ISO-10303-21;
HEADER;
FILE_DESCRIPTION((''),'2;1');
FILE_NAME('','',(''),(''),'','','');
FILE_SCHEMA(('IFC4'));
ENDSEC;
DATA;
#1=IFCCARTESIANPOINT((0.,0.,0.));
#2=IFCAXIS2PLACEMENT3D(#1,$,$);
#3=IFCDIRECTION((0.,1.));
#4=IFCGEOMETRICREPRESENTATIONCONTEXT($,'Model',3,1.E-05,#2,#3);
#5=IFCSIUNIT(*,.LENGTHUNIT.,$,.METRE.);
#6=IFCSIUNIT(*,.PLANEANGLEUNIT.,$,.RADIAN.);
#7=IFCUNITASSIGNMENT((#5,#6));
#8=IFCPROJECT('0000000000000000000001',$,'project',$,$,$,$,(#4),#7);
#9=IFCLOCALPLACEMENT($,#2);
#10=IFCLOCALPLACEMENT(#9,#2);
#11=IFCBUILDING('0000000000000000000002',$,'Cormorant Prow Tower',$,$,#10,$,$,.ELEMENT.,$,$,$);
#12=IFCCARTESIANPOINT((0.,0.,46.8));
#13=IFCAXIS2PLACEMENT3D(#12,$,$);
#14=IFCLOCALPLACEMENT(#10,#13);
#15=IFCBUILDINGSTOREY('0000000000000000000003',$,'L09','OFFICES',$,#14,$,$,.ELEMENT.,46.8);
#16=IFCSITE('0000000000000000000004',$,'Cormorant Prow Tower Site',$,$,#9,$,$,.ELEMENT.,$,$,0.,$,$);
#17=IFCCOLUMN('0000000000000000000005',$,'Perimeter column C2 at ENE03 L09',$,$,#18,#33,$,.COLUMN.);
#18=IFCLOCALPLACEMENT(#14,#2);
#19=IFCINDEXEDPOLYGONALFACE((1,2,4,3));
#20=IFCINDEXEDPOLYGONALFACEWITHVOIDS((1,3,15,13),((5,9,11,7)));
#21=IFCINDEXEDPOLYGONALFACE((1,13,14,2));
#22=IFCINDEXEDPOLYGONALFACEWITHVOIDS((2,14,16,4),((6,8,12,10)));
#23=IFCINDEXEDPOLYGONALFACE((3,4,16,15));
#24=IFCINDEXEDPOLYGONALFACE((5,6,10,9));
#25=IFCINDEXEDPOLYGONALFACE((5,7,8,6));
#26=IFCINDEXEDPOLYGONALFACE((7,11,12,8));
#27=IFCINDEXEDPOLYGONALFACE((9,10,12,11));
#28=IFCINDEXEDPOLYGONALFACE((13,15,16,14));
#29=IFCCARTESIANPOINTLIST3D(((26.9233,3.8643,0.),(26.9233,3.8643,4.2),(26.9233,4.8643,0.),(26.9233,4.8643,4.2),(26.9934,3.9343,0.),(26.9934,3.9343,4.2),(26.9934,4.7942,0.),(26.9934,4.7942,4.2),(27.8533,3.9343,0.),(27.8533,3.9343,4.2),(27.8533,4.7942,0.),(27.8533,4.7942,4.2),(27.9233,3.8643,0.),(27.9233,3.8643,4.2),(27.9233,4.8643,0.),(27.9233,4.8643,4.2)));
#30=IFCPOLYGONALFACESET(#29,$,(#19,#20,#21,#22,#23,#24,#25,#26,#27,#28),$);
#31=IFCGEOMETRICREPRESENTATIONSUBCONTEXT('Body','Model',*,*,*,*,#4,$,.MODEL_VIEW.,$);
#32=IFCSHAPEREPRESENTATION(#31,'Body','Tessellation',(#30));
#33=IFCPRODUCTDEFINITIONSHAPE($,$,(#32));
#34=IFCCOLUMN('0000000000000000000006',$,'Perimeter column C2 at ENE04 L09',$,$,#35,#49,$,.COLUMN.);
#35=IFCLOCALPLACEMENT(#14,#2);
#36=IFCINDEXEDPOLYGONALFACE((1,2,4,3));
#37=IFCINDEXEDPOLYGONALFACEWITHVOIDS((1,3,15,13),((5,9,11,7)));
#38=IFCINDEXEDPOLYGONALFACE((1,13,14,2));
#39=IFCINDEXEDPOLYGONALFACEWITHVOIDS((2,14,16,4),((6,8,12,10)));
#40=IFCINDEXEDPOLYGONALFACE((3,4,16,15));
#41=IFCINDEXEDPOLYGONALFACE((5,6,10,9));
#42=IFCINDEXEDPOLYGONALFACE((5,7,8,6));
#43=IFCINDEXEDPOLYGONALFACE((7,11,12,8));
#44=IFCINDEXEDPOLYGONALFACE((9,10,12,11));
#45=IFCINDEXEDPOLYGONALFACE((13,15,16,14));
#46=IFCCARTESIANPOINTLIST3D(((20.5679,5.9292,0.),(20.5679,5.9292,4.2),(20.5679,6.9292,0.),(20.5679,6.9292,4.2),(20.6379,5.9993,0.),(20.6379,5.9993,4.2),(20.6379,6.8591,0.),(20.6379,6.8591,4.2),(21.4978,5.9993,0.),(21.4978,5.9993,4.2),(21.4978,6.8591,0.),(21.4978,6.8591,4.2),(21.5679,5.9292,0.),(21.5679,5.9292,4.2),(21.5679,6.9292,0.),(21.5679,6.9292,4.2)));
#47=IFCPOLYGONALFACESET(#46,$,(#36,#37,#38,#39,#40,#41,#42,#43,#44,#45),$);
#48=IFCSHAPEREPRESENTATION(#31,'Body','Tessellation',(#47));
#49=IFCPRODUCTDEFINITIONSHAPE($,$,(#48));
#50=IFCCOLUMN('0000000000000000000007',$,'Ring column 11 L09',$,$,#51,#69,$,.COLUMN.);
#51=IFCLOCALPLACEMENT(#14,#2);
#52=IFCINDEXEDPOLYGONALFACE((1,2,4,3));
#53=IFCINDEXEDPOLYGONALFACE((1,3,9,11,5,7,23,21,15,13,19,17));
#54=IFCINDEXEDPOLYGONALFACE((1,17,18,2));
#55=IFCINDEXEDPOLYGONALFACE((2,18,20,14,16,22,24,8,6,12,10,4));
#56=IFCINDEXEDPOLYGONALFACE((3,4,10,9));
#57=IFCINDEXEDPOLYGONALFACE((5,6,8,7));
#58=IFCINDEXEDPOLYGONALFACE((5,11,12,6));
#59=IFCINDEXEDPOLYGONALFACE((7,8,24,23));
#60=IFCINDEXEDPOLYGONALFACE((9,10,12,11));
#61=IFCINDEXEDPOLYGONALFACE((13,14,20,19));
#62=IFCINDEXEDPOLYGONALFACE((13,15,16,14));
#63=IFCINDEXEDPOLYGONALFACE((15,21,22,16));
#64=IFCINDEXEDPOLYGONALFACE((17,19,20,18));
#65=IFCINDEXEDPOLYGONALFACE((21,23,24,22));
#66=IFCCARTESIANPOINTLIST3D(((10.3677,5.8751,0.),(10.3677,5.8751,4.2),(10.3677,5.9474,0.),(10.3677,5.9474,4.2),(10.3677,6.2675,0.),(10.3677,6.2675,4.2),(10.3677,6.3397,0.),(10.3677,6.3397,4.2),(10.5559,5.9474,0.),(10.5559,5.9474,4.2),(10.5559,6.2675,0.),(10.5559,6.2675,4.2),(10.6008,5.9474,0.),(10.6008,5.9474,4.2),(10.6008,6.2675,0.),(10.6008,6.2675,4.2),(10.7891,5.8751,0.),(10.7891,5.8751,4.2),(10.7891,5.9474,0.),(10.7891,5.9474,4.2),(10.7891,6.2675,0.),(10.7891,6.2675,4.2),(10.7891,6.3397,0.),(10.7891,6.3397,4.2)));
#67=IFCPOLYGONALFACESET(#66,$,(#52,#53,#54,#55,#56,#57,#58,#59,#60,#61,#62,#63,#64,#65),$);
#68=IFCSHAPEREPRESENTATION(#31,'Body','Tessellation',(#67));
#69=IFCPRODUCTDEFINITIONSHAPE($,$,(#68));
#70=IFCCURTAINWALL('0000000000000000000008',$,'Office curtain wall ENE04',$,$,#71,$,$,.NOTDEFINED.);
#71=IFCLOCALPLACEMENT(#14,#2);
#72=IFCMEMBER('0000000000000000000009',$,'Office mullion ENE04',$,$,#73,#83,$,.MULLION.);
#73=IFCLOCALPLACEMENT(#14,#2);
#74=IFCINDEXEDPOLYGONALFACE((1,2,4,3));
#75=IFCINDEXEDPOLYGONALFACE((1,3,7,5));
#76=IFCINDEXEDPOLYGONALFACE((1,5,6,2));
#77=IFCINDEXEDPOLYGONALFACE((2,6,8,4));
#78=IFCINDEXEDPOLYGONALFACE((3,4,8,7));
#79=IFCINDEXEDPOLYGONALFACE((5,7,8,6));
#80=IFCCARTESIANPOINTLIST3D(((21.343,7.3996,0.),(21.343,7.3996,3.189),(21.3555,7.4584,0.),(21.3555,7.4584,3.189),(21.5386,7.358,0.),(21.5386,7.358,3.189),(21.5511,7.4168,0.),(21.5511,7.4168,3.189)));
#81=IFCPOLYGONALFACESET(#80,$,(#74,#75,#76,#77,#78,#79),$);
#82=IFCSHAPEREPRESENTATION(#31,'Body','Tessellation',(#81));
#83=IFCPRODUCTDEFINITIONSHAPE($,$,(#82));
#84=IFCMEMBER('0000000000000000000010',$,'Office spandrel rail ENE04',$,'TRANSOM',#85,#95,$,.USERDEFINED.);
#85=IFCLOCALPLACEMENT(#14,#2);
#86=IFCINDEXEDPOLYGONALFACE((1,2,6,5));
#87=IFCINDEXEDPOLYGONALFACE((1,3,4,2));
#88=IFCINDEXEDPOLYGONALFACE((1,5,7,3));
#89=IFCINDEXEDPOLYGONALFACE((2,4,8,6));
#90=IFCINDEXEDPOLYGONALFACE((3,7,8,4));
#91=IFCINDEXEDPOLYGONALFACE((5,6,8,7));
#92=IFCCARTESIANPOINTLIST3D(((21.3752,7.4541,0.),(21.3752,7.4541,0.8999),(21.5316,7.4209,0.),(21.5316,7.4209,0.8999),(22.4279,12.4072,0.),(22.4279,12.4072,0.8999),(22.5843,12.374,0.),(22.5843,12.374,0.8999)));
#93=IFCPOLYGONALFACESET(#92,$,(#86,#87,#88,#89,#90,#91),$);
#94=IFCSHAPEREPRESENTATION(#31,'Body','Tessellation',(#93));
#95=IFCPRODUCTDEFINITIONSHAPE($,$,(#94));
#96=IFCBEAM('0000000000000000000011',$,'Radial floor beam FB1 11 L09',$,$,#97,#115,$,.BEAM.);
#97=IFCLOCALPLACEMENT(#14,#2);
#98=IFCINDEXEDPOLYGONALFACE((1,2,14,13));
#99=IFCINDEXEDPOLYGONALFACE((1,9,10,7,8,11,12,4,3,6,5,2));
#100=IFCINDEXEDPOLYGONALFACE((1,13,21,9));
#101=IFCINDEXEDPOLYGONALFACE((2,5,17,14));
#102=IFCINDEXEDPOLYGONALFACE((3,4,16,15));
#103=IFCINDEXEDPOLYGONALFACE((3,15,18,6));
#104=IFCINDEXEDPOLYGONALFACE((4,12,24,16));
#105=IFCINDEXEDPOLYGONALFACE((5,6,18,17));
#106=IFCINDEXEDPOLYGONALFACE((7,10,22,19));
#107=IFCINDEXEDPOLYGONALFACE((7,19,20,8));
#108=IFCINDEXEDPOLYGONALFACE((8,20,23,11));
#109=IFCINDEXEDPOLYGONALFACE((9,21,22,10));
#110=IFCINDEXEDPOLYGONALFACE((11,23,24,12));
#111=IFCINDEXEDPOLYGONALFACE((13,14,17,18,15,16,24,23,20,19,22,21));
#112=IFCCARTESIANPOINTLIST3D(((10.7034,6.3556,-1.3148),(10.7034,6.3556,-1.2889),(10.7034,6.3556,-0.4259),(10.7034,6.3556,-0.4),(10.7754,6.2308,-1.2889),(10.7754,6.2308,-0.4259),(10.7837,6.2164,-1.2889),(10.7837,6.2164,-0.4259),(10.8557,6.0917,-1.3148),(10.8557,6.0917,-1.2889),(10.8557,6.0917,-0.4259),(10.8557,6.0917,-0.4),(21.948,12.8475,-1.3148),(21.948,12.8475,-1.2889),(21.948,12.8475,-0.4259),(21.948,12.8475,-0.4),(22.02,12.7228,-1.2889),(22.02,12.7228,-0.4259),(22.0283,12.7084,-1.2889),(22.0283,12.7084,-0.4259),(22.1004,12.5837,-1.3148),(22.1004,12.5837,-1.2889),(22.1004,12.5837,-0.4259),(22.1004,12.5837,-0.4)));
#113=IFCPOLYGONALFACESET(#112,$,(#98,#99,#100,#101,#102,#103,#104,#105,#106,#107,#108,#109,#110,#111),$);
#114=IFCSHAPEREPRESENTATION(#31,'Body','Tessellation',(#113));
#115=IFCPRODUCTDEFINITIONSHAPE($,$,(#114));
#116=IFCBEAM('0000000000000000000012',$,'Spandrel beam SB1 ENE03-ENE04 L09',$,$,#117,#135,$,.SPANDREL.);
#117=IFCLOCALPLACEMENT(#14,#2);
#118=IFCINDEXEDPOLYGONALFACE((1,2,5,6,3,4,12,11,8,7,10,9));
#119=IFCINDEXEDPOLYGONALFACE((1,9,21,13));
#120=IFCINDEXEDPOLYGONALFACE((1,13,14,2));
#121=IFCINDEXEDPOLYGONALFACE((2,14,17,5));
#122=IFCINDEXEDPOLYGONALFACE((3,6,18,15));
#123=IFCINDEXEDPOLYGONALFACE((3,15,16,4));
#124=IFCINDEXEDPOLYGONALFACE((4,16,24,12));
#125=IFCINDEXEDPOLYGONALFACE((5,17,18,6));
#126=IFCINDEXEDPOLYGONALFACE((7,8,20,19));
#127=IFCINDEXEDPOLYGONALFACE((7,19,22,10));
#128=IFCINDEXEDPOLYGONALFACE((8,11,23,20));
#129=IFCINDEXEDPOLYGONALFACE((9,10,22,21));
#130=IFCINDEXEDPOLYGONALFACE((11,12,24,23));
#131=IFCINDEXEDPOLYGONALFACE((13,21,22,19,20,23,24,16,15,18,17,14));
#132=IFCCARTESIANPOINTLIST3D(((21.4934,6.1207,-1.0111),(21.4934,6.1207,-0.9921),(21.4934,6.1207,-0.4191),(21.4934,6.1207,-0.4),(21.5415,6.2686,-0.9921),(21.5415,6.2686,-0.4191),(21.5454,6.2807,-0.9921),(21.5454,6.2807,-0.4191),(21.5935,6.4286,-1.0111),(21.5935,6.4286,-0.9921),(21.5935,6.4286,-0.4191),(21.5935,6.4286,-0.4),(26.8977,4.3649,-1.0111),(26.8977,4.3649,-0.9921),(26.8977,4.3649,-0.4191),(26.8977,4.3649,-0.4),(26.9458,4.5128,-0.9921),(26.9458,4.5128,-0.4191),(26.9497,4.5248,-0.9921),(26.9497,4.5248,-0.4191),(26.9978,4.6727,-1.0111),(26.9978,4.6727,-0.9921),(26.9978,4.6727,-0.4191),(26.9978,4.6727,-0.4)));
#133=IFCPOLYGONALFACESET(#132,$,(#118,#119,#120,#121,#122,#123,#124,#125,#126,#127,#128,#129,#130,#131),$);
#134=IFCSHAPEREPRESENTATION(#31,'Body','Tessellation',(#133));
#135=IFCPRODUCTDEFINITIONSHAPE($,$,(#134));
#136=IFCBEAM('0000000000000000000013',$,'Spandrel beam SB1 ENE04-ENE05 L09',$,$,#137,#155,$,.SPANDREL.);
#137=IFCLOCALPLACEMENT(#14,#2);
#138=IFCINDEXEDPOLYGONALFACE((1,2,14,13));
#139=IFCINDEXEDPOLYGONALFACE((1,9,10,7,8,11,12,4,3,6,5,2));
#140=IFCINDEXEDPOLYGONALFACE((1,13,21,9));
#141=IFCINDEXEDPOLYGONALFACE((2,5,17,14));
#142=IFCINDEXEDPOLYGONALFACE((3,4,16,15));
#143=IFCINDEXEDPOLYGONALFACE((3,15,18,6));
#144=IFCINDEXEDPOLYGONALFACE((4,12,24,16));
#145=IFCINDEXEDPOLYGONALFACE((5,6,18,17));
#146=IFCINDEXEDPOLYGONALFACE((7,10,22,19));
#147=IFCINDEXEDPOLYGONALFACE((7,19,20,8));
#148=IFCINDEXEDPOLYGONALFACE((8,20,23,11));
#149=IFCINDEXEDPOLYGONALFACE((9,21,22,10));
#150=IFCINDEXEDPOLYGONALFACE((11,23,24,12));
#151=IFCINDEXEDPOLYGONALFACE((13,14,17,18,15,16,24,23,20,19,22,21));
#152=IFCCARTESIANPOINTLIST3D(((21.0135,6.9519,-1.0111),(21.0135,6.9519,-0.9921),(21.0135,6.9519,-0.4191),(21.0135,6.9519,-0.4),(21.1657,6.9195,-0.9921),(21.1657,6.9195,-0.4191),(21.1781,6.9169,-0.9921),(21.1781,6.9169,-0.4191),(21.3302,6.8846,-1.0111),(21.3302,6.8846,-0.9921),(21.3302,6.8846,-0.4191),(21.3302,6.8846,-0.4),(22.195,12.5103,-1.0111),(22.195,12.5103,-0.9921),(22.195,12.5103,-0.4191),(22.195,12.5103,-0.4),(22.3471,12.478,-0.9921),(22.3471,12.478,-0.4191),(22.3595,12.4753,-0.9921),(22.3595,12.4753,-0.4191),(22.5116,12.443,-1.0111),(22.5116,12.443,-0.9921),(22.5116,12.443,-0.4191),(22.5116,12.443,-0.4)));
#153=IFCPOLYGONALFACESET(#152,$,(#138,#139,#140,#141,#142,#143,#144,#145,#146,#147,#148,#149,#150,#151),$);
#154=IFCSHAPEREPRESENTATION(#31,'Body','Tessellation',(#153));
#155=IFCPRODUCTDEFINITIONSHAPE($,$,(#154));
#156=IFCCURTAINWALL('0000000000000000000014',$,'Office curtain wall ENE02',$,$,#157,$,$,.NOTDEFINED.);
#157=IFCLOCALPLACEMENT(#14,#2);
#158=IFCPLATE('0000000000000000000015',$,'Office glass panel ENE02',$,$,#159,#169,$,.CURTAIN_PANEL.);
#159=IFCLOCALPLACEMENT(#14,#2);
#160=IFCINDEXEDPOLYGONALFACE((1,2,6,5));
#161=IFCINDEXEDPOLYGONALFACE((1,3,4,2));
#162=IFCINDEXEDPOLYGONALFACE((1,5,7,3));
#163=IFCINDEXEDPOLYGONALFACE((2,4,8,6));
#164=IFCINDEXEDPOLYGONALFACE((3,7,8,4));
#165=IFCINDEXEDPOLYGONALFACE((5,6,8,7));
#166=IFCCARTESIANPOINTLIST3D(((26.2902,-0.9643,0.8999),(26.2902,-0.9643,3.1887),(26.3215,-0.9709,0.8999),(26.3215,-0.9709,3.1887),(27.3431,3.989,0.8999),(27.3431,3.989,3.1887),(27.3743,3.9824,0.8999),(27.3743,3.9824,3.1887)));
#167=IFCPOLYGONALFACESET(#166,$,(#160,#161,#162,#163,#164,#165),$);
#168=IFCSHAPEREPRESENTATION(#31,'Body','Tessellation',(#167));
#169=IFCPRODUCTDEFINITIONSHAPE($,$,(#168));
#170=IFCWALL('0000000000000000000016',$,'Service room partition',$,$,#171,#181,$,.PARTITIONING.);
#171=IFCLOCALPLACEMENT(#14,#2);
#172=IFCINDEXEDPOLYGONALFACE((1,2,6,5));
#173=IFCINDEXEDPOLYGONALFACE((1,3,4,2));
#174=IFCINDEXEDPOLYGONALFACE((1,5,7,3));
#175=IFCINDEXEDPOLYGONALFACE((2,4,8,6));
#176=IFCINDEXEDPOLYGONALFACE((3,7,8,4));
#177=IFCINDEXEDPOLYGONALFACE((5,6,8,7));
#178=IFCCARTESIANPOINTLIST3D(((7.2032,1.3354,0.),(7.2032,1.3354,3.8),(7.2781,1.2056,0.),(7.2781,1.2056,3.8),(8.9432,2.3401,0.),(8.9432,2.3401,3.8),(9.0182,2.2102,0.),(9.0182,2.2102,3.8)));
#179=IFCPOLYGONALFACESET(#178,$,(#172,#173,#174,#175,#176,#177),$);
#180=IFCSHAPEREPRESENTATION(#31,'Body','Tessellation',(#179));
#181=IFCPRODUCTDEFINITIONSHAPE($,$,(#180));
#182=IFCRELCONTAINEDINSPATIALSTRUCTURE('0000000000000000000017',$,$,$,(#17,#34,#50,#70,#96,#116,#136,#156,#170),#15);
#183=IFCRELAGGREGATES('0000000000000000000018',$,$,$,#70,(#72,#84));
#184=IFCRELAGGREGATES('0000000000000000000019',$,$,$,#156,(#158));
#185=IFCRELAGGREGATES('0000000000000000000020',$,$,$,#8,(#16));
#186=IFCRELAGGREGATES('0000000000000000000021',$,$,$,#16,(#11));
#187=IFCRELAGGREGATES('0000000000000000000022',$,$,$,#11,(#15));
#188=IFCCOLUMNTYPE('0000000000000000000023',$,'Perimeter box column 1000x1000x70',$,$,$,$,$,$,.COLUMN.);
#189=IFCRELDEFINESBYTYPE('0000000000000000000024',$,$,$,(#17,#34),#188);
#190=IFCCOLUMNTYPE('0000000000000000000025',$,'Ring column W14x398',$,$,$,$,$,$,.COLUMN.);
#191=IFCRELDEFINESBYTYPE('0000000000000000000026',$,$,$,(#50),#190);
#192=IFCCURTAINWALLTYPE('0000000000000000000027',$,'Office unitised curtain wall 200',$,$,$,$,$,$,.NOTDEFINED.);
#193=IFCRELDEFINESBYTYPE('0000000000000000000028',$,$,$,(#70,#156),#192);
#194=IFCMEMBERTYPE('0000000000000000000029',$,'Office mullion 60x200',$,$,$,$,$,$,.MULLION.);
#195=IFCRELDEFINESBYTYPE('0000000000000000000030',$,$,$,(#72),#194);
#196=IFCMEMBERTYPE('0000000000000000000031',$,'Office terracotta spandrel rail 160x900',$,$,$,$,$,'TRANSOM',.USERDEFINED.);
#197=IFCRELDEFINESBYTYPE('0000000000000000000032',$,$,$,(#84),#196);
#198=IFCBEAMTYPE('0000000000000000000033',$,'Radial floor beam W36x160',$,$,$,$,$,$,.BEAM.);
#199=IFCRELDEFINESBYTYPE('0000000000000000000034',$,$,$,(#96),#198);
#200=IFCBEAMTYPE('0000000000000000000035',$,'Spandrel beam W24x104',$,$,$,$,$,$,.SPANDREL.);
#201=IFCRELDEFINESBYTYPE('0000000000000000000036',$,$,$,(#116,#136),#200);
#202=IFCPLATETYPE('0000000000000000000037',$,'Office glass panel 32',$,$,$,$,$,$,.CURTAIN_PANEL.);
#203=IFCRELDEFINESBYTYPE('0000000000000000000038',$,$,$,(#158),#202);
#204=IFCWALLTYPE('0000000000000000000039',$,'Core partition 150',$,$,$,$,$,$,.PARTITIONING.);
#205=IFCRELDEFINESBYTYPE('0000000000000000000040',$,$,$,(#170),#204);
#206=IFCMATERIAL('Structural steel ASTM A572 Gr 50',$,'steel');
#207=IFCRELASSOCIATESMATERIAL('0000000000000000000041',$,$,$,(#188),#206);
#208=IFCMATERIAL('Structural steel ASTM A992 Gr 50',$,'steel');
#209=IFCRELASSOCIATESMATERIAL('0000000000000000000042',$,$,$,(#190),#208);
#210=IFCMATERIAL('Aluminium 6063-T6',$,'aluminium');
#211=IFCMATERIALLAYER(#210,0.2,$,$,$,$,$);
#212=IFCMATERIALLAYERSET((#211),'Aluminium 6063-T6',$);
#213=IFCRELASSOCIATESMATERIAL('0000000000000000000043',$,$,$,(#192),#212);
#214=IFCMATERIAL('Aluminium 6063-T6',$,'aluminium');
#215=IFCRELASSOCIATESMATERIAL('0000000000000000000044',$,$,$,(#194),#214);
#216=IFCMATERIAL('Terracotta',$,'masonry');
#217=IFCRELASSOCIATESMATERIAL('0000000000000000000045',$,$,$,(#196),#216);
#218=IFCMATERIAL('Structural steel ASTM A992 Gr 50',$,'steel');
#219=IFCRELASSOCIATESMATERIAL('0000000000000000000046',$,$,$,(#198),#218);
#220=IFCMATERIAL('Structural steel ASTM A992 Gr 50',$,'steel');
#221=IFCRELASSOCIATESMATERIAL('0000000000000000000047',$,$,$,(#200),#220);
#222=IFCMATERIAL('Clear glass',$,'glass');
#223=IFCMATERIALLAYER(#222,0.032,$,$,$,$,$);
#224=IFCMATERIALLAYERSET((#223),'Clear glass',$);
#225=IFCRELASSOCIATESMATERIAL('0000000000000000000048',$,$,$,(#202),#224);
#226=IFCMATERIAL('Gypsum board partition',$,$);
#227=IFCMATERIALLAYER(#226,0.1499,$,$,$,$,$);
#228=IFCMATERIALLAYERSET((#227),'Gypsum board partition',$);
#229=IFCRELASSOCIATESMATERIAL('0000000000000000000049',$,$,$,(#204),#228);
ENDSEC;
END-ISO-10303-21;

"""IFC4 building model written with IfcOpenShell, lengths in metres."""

from ifc_helpers import new_model, si_unit, direction, frame, frame_2d, origin, origin_2d, place, context, subcontext, project, spatial, rectangle, hollow_rectangle, i_section, extrude, material, layer, layer_set, material_profile, profile_set, type_object, element, aggregate, save


model = new_model("IFC4")

# Units and contexts
model_context = context("Model", 3, precision=1e-05, world=origin(), true_north=direction((0.0, 1.0)))
body_context = subcontext(model_context, "Body", "Model", "MODEL_VIEW")
ifc_project = project(units=[si_unit("LENGTHUNIT", "METRE"), si_unit("PLANEANGLEUNIT", "RADIAN")], contexts=[model_context])

# Site, building, storey
site_placement = place(None, origin())
site = spatial("IfcSite", under=ifc_project, at=site_placement, Name="Cormorant Prow Tower Site", CompositionType="ELEMENT", RefElevation=0.0)
building_placement = place(site_placement, origin())
building = spatial("IfcBuilding", under=site, at=building_placement, Name="Cormorant Prow Tower", CompositionType="ELEMENT")
storey_placement = place(building_placement, frame((0.0, 0.0, 46.8)))
storey = spatial("IfcBuildingStorey", under=building, at=storey_placement, Name="L09", Description="OFFICES", CompositionType="ELEMENT", Elevation=46.8)

# Columns
ifc_material_1 = material(Name="Structural steel ASTM A572 Gr 50", Category="steel")
ifc_material_profile_1 = material_profile(ifc_material_1, hollow_rectangle(XDim=1.0, YDim=1.0, WallThickness=0.0701, at=origin_2d()), Name="Box 1000x1000x70")
ifc_profile_set_1 = profile_set([ifc_material_profile_1], Name="Structural steel ASTM A572 Gr 50")
column_type_1 = type_object("IfcColumnType", Name="Perimeter box column 1000x1000x70", PredefinedType="COLUMN", material=ifc_profile_set_1)
for number, where, z_axis, x_axis, name in (
    (1, (27.4233, 4.3643, 0.0), (0.0, 0.0, 1.0), (1.0, 0.0, 0.0), "Perimeter column C2 at ENE03 L09"),
    (2, (21.0679, 6.4292, 0.0), (0.0, 0.0, 1.0), (1.0, 0.0, 0.0), "Perimeter column C2 at ENE04 L09"),
):
    element("IfcColumn", number, at=place(storey_placement, frame(where, z_axis=z_axis, x_axis=x_axis)), inside=storey, type_object=column_type_1, Name=name, PredefinedType="COLUMN", context=body_context, shape_type="SweptSolid", body=[
        extrude(hollow_rectangle(XDim=1.0, YDim=1.0, WallThickness=0.0701, at=origin_2d()), origin(), (0.0, 0.0, 1.0), 4.2),
    ])
ifc_material_2 = material(Name="Structural steel ASTM A992 Gr 50", Category="steel")
ifc_material_profile_2 = material_profile(ifc_material_2, i_section(OverallWidth=0.4214, OverallDepth=0.4646, WebThickness=0.0449, FlangeThickness=0.0723, at=origin_2d()), Name="W14x398")
ifc_profile_set_2 = profile_set([ifc_material_profile_2], Name="Structural steel ASTM A992 Gr 50")
column_type_2 = type_object("IfcColumnType", Name="Ring column W14x398", PredefinedType="COLUMN", material=ifc_profile_set_2)
column_placement = place(storey_placement, frame((10.5784, 6.1074, 0.0), z_axis=(0.0, 0.0, 1.0), x_axis=(1.0, 0.0, 0.0)))
element("IfcColumn", 3, at=column_placement, inside=storey, type_object=column_type_2, Name="Ring column 11 L09", PredefinedType="COLUMN", context=body_context, shape_type="SweptSolid", body=[
    extrude(i_section(OverallWidth=0.4214, OverallDepth=0.4646, WebThickness=0.0449, FlangeThickness=0.0723, at=origin_2d()), origin(), (0.0, 0.0, 1.0), 4.2),
])

# Curtain wall, members
ifc_material_3 = material(Name="Aluminium 6063-T6", Category="aluminium")
ifc_layer_1 = layer(ifc_material_3, 0.2)
ifc_layer_set_1 = layer_set([ifc_layer_1], Name="Aluminium 6063-T6")
curtain_wall_type = type_object("IfcCurtainWallType", Name="Office unitised curtain wall 200", PredefinedType="NOTDEFINED", material=ifc_layer_set_1)
curtain_wall_1_placement = place(storey_placement, origin())
curtain_wall_1 = element("IfcCurtainWall", 4, at=curtain_wall_1_placement, inside=storey, type_object=curtain_wall_type, Name="Office curtain wall ENE04", PredefinedType="NOTDEFINED")
ifc_material_4 = material(Name="Aluminium 6063-T6", Category="aluminium")
ifc_material_profile_3 = material_profile(ifc_material_4, rectangle(XDim=0.2, YDim=0.0601, at=origin_2d()), Name="Office mullion 60x200")
ifc_profile_set_3 = profile_set([ifc_material_profile_3], Name="Aluminium 6063-T6")
member_type_1 = type_object("IfcMemberType", Name="Office mullion 60x200", PredefinedType="MULLION", material=ifc_profile_set_3)
member_1_placement = place(storey_placement, frame((21.447, 7.4082, 0.0), z_axis=(0.0, 0.0, 1.0), x_axis=(-0.978148, 0.207912, 0.0)))
member_1 = element("IfcMember", 5, at=member_1_placement, type_object=member_type_1, Name="Office mullion ENE04", PredefinedType="MULLION", context=body_context, shape_type="SweptSolid", body=[
    extrude(rectangle(XDim=0.2, YDim=0.0601, at=origin_2d()), origin(), (0.0, 0.0, 1.0), 3.189),
])
ifc_material_5 = material(Name="Terracotta", Category="masonry")
ifc_material_profile_4 = material_profile(ifc_material_5, rectangle(XDim=0.1599, YDim=0.8999, at=origin_2d()), Name="Office terracotta spandrel rail 160x900")
ifc_profile_set_4 = profile_set([ifc_material_profile_4], Name="Terracotta")
member_type_2 = type_object("IfcMemberType", Name="Office terracotta spandrel rail 160x900", ElementType="TRANSOM", PredefinedType="USERDEFINED", material=ifc_profile_set_4)
member_2_placement = place(storey_placement, frame((21.4534, 7.4375, 0.45), z_axis=(0.207896, 0.978151, 0.0), x_axis=(-0.978151, 0.207896, 0.0)))
member_2 = element("IfcMember", 6, at=member_2_placement, type_object=member_type_2, Name="Office spandrel rail ENE04", ObjectType="TRANSOM", PredefinedType="USERDEFINED", context=body_context, shape_type="SweptSolid", body=[
    extrude(rectangle(XDim=0.1599, YDim=0.8999, at=origin_2d()), origin(), (0.0, 0.0, 1.0), 5.0637),
])
aggregate(curtain_wall_1, [member_1, member_2])

# Beams
ifc_material_6 = material(Name="Structural steel ASTM A992 Gr 50", Category="steel")
ifc_material_profile_5 = material_profile(ifc_material_6, i_section(OverallWidth=0.3047, OverallDepth=0.9148, WebThickness=0.0166, FlangeThickness=0.0259, at=origin_2d()), Name="W36x160")
ifc_profile_set_5 = profile_set([ifc_material_profile_5], Name="Structural steel ASTM A992 Gr 50")
beam_type_1 = type_object("IfcBeamType", Name="Radial floor beam W36x160", PredefinedType="BEAM", material=ifc_profile_set_5)
beam_1_placement = place(storey_placement, frame((10.7795, 6.2236, -0.8574), z_axis=(0.86603, 0.499992, 0.0), x_axis=(-0.499992, 0.86603, 0.0)))
element("IfcBeam", 7, at=beam_1_placement, inside=storey, type_object=beam_type_1, Name="Radial floor beam FB1 11 L09", PredefinedType="BEAM", context=body_context, shape_type="SweptSolid", body=[
    extrude(i_section(OverallWidth=0.3047, OverallDepth=0.9148, WebThickness=0.0166, FlangeThickness=0.0259, at=origin_2d()), origin(), (0.0, 0.0, 1.0), 12.9841),
])
ifc_material_7 = material(Name="Structural steel ASTM A992 Gr 50", Category="steel")
ifc_material_profile_6 = material_profile(ifc_material_7, i_section(OverallWidth=0.3237, OverallDepth=0.6111, WebThickness=0.0127, FlangeThickness=0.019, at=origin_2d()), Name="W24x104")
ifc_profile_set_6 = profile_set([ifc_material_profile_6], Name="Structural steel ASTM A992 Gr 50")
beam_type_2 = type_object("IfcBeamType", Name="Spandrel beam W24x104", PredefinedType="SPANDREL", material=ifc_profile_set_6)
beam_2_placement = place(storey_placement, frame((26.9478, 4.5188, -0.7056), z_axis=(-0.951062, 0.309001, 0.0), x_axis=(-0.309001, -0.951062, 0.0)))
element("IfcBeam", 8, at=beam_2_placement, inside=storey, type_object=beam_type_2, Name="Spandrel beam SB1 ENE03-ENE04 L09", PredefinedType="SPANDREL", context=body_context, shape_type="SweptSolid", body=[
    extrude(i_section(OverallWidth=0.3237, OverallDepth=0.6111, WebThickness=0.0127, FlangeThickness=0.019, at=origin_2d()), origin(), (0.0, 0.0, 1.0), 5.6824),
])
beam_3_placement = place(storey_placement, frame((21.1719, 6.9182, -0.7056), z_axis=(0.2079, 0.97815, 0.0), x_axis=(-0.97815, 0.2079, 0.0)))
element("IfcBeam", 9, at=beam_3_placement, inside=storey, type_object=beam_type_2, Name="Spandrel beam SB1 ENE04-ENE05 L09", PredefinedType="SPANDREL", context=body_context, shape_type="SweptSolid", body=[
    extrude(i_section(OverallWidth=0.3237, OverallDepth=0.6111, WebThickness=0.0127, FlangeThickness=0.019, at=origin_2d()), origin(), (0.0, 0.0, 1.0), 5.6826),
])

# Curtain wall, plate
curtain_wall_2_placement = place(storey_placement, origin())
curtain_wall_2 = element("IfcCurtainWall", 10, at=curtain_wall_2_placement, inside=storey, type_object=curtain_wall_type, Name="Office curtain wall ENE02", PredefinedType="NOTDEFINED")
ifc_material_8 = material(Name="Clear glass", Category="glass")
ifc_layer_2 = layer(ifc_material_8, 0.032)
ifc_layer_set_2 = layer_set([ifc_layer_2], Name="Clear glass")
plate_type = type_object("IfcPlateType", Name="Office glass panel 32", PredefinedType="CURTAIN_PANEL", material=ifc_layer_set_2)
plate_placement = place(storey_placement, frame((26.8323, 1.509, 0.8999), z_axis=(0.0, 0.0, 1.0), x_axis=(0.207912, 0.978148, 0.0)))
plate = element("IfcPlate", 11, at=plate_placement, type_object=plate_type, Name="Office glass panel ENE02", PredefinedType="CURTAIN_PANEL", context=body_context, shape_type="SweptSolid", body=[
    extrude(rectangle(XDim=5.064, YDim=0.032, at=origin_2d()), origin(), (0.0, 0.0, 1.0), 2.2888),
])
aggregate(curtain_wall_2, [plate])

# Wall
ifc_material_9 = material(Name="Gypsum board partition")
ifc_layer_3 = layer(ifc_material_9, 0.1499)
ifc_layer_set_3 = layer_set([ifc_layer_3], Name="Gypsum board partition")
wall_type_1 = type_object("IfcWallType", Name="Core partition 150", PredefinedType="PARTITIONING", material=ifc_layer_set_3)
wall_1_placement = place(storey_placement, frame((8.9807, 2.2751, 0.0), z_axis=(0.0, 0.0, 1.0), x_axis=(-0.866014, -0.50002, 0.0)))
element("IfcWall", 12, at=wall_1_placement, inside=storey, type_object=wall_type_1, Name="Service room partition", PredefinedType="PARTITIONING", context=body_context, shape_type="SweptSolid", body=[
    extrude(rectangle(XDim=2.0093, YDim=0.1499, at=frame_2d((1.0046, 0.0))), origin(), (0.0, 0.0, 1.0), 3.8),
])

save(model, "model.ifc")
